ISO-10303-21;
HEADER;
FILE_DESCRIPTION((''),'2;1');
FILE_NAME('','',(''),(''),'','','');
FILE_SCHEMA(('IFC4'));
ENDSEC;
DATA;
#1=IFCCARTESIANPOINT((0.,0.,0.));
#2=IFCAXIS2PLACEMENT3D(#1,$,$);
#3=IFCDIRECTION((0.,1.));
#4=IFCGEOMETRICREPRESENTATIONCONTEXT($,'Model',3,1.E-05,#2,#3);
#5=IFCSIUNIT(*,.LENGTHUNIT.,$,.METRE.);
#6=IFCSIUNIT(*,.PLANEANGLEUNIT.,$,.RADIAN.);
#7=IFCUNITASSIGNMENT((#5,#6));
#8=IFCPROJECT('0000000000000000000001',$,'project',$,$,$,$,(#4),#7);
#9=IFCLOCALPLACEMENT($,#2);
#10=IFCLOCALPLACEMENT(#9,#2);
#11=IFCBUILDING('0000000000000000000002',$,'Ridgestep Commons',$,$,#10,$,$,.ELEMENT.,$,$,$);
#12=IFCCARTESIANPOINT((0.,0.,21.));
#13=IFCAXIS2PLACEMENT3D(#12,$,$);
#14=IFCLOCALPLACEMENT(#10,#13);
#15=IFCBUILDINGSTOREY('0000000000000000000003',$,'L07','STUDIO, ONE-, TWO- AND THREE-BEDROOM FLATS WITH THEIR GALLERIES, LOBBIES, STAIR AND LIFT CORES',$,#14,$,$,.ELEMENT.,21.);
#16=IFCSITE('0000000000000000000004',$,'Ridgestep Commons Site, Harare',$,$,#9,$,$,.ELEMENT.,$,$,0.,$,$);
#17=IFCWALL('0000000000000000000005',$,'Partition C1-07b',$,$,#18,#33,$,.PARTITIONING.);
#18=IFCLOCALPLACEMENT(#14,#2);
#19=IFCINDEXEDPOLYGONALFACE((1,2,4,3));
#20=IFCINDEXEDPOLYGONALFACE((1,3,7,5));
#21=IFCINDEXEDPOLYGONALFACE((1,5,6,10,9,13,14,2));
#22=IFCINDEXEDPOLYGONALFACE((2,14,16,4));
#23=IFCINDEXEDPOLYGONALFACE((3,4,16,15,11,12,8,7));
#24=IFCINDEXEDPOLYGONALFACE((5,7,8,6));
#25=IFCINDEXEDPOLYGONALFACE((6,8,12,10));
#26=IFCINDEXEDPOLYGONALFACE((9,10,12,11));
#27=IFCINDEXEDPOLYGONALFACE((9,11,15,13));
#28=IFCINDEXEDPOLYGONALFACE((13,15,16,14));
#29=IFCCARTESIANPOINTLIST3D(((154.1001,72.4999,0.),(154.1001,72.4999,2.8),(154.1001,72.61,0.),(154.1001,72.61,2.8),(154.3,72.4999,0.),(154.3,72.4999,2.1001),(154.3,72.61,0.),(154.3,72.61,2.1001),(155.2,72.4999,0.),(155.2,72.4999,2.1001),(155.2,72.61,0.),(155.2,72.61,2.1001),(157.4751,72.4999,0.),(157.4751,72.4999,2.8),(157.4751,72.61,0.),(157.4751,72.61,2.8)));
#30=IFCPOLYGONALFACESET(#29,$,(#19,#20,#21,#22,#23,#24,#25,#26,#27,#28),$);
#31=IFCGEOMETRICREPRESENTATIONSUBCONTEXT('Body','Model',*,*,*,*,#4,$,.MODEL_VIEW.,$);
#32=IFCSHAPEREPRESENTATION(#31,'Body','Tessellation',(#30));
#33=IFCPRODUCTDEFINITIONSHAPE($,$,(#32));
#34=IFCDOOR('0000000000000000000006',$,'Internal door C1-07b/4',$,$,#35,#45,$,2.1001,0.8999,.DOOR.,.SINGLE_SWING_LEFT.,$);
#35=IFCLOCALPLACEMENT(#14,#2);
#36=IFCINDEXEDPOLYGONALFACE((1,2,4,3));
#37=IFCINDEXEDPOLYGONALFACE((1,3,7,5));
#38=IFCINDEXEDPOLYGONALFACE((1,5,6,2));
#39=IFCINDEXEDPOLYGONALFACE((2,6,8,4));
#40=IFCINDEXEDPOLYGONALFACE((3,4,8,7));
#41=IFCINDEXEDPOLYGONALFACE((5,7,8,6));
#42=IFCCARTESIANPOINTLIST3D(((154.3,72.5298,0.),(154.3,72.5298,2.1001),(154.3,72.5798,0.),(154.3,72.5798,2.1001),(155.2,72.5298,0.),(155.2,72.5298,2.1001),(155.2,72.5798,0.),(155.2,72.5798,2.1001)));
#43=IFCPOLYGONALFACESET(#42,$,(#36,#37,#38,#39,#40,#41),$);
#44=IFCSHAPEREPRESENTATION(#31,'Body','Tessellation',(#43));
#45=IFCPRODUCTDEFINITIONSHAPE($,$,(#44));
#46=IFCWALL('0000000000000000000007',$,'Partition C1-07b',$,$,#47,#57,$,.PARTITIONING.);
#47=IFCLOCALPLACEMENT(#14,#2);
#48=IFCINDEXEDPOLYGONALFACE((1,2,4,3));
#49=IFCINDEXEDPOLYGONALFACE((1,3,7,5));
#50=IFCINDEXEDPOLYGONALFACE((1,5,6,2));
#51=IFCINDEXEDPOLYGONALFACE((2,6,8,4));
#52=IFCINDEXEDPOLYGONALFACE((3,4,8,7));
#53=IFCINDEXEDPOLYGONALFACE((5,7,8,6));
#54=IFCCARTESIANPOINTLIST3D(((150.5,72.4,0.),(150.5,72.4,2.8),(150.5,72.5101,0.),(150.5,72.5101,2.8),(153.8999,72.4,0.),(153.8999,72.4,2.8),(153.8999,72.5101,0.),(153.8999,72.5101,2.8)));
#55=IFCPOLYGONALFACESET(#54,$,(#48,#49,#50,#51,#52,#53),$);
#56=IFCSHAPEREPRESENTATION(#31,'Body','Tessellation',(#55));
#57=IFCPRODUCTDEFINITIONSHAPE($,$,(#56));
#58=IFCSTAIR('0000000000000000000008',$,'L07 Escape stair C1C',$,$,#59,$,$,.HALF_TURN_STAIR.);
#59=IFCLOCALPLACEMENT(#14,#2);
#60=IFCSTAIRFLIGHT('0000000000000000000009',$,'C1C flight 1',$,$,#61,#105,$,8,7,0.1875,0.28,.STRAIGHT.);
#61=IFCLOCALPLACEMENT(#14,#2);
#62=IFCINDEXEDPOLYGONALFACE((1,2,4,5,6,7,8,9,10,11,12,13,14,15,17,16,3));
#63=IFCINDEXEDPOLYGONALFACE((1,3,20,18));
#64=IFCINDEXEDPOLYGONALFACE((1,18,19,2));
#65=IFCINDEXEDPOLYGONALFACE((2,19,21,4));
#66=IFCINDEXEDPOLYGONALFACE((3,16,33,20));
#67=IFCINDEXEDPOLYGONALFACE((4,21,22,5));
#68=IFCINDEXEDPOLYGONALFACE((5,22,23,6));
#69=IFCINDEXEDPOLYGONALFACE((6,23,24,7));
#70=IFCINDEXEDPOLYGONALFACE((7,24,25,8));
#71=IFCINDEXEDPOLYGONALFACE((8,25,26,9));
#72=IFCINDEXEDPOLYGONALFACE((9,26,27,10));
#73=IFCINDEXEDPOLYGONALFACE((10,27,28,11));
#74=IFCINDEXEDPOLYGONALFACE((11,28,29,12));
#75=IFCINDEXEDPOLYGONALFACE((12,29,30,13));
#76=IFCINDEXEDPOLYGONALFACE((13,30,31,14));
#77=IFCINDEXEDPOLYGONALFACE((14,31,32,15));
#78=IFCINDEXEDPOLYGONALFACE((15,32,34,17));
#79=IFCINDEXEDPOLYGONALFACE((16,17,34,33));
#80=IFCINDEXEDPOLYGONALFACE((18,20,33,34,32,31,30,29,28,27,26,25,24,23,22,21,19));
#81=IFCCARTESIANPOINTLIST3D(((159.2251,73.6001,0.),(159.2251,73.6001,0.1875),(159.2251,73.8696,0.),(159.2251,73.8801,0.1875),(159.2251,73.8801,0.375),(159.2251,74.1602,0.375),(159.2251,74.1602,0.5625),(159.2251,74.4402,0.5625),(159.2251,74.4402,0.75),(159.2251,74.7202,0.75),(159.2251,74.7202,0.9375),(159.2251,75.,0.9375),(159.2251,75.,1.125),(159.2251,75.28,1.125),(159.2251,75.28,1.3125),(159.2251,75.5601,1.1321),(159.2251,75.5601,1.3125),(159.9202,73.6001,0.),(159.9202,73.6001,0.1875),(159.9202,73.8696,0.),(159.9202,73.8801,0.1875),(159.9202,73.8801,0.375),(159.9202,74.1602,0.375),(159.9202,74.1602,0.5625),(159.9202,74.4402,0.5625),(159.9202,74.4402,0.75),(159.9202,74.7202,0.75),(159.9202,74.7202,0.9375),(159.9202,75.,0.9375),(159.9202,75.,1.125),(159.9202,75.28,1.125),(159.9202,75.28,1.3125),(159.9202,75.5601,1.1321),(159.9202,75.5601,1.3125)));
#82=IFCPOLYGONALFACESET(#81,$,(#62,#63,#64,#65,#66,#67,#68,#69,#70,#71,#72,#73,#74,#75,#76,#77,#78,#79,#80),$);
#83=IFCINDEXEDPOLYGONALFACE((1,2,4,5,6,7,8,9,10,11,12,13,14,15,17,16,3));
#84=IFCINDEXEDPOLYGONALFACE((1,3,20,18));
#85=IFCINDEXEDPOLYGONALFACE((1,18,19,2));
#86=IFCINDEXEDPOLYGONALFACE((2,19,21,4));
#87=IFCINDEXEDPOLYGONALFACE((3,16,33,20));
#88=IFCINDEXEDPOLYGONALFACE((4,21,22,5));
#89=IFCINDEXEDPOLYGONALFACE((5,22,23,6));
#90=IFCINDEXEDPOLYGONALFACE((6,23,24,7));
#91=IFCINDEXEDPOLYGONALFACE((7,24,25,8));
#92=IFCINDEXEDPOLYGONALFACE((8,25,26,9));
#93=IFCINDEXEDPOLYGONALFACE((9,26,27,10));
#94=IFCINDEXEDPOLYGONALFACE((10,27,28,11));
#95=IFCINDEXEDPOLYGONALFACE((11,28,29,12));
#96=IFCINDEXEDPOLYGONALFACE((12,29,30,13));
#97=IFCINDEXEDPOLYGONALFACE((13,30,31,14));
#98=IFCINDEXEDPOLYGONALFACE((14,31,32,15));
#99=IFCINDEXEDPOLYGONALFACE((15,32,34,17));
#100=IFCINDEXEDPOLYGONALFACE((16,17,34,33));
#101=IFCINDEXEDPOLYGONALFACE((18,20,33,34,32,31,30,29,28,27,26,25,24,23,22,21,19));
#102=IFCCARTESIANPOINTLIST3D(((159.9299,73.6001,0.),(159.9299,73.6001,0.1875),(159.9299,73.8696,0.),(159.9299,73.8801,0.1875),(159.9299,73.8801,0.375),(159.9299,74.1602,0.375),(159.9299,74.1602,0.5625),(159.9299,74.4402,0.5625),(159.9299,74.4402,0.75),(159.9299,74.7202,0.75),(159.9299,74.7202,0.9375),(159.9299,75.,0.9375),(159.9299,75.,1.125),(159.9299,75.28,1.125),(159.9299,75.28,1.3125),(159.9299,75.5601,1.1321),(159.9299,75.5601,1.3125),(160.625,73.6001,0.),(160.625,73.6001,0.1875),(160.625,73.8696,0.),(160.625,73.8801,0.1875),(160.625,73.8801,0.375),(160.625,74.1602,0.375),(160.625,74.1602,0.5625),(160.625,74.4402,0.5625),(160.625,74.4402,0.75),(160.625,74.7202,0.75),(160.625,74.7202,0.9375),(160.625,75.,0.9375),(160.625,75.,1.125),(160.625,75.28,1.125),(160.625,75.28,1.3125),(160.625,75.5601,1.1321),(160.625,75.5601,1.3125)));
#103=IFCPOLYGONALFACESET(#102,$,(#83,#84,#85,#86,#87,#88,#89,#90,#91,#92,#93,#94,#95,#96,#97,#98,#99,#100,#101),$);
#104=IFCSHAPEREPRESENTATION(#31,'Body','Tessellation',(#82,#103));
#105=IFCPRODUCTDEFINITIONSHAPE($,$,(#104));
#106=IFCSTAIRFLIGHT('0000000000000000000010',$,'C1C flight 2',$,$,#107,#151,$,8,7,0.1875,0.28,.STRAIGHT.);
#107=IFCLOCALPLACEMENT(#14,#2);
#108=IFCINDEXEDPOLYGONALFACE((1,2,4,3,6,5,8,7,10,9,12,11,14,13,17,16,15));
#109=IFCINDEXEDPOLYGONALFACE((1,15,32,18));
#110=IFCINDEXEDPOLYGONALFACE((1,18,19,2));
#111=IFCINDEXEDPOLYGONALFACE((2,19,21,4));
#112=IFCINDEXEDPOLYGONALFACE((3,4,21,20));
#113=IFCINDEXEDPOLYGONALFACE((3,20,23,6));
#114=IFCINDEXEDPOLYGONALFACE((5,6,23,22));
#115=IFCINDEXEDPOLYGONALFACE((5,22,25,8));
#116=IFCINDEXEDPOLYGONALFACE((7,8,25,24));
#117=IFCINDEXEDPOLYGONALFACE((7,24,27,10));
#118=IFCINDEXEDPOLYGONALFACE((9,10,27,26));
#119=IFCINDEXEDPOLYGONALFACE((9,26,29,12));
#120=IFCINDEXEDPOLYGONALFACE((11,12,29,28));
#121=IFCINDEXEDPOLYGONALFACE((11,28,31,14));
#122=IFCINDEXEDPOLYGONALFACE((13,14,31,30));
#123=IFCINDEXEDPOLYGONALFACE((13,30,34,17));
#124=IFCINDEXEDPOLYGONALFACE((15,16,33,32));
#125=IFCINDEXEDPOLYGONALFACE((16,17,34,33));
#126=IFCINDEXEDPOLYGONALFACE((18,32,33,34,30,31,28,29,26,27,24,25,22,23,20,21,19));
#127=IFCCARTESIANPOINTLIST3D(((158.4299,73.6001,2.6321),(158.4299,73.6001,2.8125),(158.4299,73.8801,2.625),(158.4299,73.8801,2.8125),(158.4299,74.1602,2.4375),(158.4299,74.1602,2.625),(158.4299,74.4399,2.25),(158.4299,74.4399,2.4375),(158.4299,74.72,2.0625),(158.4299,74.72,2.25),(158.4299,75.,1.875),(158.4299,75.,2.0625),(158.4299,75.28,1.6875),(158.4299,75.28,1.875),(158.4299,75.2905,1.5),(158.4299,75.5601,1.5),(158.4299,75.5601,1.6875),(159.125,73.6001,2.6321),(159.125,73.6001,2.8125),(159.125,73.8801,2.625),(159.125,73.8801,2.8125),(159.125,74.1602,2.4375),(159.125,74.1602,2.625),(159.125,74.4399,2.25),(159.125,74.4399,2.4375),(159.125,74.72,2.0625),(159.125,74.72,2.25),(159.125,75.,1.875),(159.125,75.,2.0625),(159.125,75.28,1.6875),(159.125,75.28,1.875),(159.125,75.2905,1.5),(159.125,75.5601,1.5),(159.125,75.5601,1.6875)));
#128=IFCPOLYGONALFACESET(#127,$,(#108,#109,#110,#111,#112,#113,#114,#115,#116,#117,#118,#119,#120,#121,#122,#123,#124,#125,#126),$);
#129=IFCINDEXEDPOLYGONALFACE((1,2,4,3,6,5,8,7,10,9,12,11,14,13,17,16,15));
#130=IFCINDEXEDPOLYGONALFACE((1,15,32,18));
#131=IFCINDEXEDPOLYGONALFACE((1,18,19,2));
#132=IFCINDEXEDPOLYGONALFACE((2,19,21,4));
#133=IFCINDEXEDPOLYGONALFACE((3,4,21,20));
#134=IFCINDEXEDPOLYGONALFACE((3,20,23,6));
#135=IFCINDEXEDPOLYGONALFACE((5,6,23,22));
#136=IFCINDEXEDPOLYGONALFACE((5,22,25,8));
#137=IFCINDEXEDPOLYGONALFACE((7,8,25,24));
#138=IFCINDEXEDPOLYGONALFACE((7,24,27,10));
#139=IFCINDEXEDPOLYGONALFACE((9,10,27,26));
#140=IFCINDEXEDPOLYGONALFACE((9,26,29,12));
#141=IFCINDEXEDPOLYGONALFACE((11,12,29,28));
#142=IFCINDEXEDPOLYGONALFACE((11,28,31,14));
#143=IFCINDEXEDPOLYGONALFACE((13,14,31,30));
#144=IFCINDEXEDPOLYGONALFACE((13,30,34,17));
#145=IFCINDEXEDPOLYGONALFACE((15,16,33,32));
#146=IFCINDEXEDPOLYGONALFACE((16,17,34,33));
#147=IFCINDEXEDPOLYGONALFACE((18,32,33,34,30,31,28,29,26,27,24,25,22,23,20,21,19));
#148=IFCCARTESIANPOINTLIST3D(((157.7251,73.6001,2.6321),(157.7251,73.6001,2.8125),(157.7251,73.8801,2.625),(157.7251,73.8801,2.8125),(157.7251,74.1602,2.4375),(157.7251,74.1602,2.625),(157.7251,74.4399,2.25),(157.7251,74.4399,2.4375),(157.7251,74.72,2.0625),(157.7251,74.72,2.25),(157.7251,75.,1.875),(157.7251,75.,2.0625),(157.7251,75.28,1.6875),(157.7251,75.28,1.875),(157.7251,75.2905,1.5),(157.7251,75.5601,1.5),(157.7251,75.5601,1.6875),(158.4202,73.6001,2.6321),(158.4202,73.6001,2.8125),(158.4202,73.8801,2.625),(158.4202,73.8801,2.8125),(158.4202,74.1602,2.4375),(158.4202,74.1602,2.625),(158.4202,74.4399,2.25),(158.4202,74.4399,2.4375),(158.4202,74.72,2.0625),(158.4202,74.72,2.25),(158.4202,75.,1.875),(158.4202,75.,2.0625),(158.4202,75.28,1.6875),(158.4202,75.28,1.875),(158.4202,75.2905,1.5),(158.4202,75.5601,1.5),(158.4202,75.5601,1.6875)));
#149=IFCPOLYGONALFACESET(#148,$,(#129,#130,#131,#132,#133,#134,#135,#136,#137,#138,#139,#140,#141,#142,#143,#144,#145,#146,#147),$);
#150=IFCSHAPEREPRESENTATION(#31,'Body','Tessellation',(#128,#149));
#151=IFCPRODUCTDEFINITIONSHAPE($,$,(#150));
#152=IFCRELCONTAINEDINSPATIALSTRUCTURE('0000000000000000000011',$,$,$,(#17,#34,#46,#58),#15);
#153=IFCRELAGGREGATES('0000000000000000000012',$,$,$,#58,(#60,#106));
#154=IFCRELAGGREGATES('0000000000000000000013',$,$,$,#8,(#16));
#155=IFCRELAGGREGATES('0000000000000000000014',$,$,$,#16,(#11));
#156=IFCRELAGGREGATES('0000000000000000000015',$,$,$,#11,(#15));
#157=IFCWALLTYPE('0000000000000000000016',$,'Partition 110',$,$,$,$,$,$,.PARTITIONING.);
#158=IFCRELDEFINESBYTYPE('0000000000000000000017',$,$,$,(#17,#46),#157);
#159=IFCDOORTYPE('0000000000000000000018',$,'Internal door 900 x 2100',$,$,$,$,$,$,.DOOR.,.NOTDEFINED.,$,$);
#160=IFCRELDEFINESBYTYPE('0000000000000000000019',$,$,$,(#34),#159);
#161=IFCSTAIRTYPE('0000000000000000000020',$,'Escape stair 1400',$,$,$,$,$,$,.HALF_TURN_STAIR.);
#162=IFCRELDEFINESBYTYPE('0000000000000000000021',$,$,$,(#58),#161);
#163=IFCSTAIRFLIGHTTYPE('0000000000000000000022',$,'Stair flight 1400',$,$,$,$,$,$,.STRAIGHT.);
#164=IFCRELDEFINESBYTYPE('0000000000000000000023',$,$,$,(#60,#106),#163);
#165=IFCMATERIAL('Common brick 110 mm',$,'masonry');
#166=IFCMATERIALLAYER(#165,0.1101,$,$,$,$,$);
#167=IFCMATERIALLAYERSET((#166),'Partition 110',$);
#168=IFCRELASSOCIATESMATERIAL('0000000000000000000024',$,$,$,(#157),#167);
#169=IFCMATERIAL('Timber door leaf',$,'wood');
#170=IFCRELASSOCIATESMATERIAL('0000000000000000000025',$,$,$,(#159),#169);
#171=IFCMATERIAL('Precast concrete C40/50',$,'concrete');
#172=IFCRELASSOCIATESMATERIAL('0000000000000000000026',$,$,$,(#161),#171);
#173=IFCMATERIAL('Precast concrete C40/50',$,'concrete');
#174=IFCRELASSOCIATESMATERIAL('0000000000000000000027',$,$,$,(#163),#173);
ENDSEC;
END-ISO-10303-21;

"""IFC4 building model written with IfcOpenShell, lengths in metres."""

from ifc_helpers import new_model, si_unit, direction, frame, frame_2d, origin, place, context, subcontext, project, spatial, polyline, rectangle, outline, extrude, material, layer, layer_set, type_object, element, fill, aggregate, save


model = new_model("IFC4")

# Units and contexts
model_context = context("Model", 3, precision=1e-05, world=origin(), true_north=direction((0.0, 1.0)))
body_context = subcontext(model_context, "Body", "Model", "MODEL_VIEW")
ifc_project = project(units=[si_unit("LENGTHUNIT", "METRE"), si_unit("PLANEANGLEUNIT", "RADIAN")], contexts=[model_context])

# Site, building, storey
site_placement = place(None, origin())
site = spatial("IfcSite", under=ifc_project, at=site_placement, Name="Ridgestep Commons Site, Harare", CompositionType="ELEMENT", RefElevation=0.0)
building_placement = place(site_placement, origin())
building = spatial("IfcBuilding", under=site, at=building_placement, Name="Ridgestep Commons", CompositionType="ELEMENT")
storey_placement = place(building_placement, frame((0.0, 0.0, 21.0)))
storey = spatial("IfcBuildingStorey", under=building, at=storey_placement, Name="L07", Description="STUDIO, ONE-, TWO- AND THREE-BEDROOM FLATS WITH THEIR GALLERIES, LOBBIES, STAIR AND LIFT CORES", CompositionType="ELEMENT", Elevation=21.0)

# Wall, opening, door
ifc_material_1 = material(Name="Common brick 110 mm", Category="masonry")
ifc_layer_1 = layer(ifc_material_1, 0.1101)
ifc_layer_set_1 = layer_set([ifc_layer_1], Name="Partition 110")
wall_type_1 = type_object("IfcWallType", Name="Partition 110", PredefinedType="PARTITIONING", material=ifc_layer_set_1)
wall_1_placement = place(storey_placement, frame((154.1001, 72.5549, 0.0), z_axis=(0.0, 0.0, 1.0), x_axis=(1.0, 0.0, 0.0)))
wall_1 = element("IfcWall", 1, at=wall_1_placement, inside=storey, type_object=wall_type_1, Name="Partition C1-07b", PredefinedType="PARTITIONING", context=body_context, shape_type="SweptSolid", body=[
    extrude(rectangle(XDim=3.375, YDim=0.1101, at=frame_2d((1.6875, 0.0))), origin(), (0.0, 0.0, 1.0), 2.8),
])
opening_1_placement = place(wall_1_placement, frame((0.2, 0.0, 0.0)))
opening_1 = element("IfcOpeningElement", 2, at=opening_1_placement, cuts=wall_1, PredefinedType="OPENING", context=body_context, shape_type="SweptSolid", body=[
    extrude(rectangle(XDim=0.8999, YDim=2.1001, at=frame_2d((0.45, 1.05))), frame((0.0, 0.0649, 0.0), z_axis=(0.0, -1.0, 0.0), x_axis=(1.0, 0.0, 0.0)), (0.0, 0.0, 1.0), 0.1301),
])
ifc_material_2 = material(Name="Timber door leaf", Category="wood")
door_type_1 = type_object("IfcDoorType", Name="Internal door 900 x 2100", OperationType="NOTDEFINED", PredefinedType="DOOR", material=ifc_material_2)
door_1_placement = place(opening_1_placement, origin())
door_1 = element("IfcDoor", 3, at=door_1_placement, inside=storey, type_object=door_type_1, Name="Internal door C1-07b/4", OperationType="SINGLE_SWING_LEFT", OverallHeight=2.1001, OverallWidth=0.8999, PredefinedType="DOOR", context=body_context, shape_type="SweptSolid", body=[
    extrude(rectangle(XDim=0.8999, YDim=2.1001, at=frame_2d((0.45, 1.05))), frame((0.0, 0.0249, 0.0), z_axis=(0.0, -1.0, 0.0), x_axis=(1.0, 0.0, 0.0)), (0.0, 0.0, 1.0), 0.05),
])
fill(opening_1, door_1)

# Wall
wall_2_placement = place(storey_placement, frame((150.5, 72.4551, 0.0), z_axis=(0.0, 0.0, 1.0), x_axis=(1.0, 0.0, 0.0)))
element("IfcWall", 4, at=wall_2_placement, inside=storey, type_object=wall_type_1, Name="Partition C1-07b", PredefinedType="PARTITIONING", context=body_context, shape_type="SweptSolid", body=[
    extrude(rectangle(XDim=3.3999, YDim=0.1101, at=frame_2d((1.7, 0.0))), origin(), (0.0, 0.0, 1.0), 2.8),
])

# Stair, stair flights
ifc_material_3 = material(Name="Precast concrete C40/50", Category="concrete")
stair_type = type_object("IfcStairType", Name="Escape stair 1400", PredefinedType="HALF_TURN_STAIR", material=ifc_material_3)
stair_placement = place(storey_placement, origin())
stair = element("IfcStair", 5, at=stair_placement, inside=storey, type_object=stair_type, Name="L07 Escape stair C1C", PredefinedType="HALF_TURN_STAIR")
ifc_material_4 = material(Name="Precast concrete C40/50", Category="concrete")
stair_flight_type = type_object("IfcStairFlightType", Name="Stair flight 1400", PredefinedType="STRAIGHT", material=ifc_material_4)
stair_flight_1_placement = place(storey_placement, frame((159.925, 73.6001, 0.0), z_axis=(0.0, 0.0, 1.0), x_axis=(0.0, 1.0, 0.0)))
stair_flight_1 = element("IfcStairFlight", 6, at=stair_flight_1_placement, type_object=stair_flight_type, Name="C1C flight 1", NumberOfRisers=8, NumberOfTreads=7, PredefinedType="STRAIGHT", RiserHeight=0.1875, TreadLength=0.28, context=body_context, shape_type="SweptSolid", body=[
    extrude(outline(polyline([(0.0, 0.0), (0.0, 0.1875), (0.28, 0.1875), (0.28, 0.375), (0.5601, 0.375), (0.5601, 0.5625), (0.8401, 0.5625), (0.8401, 0.75), (1.1201, 0.75), (1.1201, 0.9375), (1.3999, 0.9375), (1.3999, 1.125), (1.6799, 1.125), (1.6799, 1.3125), (1.96, 1.3125), (1.96, 1.5), (1.96, 1.1321), (0.2695, 0.0), (0.0, 0.0)])), frame((0.0, 0.7, 0.0), z_axis=(0.0, -1.0, 0.0), x_axis=(1.0, 0.0, 0.0)), (0.0, 0.0, 1.0), 0.6951),
    extrude(outline(polyline([(0.0, 0.0), (0.0, 0.1875), (0.28, 0.1875), (0.28, 0.375), (0.5601, 0.375), (0.5601, 0.5625), (0.8401, 0.5625), (0.8401, 0.75), (1.1201, 0.75), (1.1201, 0.9375), (1.3999, 0.9375), (1.3999, 1.125), (1.6799, 1.125), (1.6799, 1.3125), (1.96, 1.3125), (1.96, 1.5), (1.96, 1.1321), (0.2695, 0.0), (0.0, 0.0)])), frame((0.0, -0.0049, 0.0), z_axis=(0.0, -1.0, 0.0), x_axis=(1.0, 0.0, 0.0)), (0.0, 0.0, 1.0), 0.6951),
])
stair_flight_2_placement = place(storey_placement, frame((158.425, 75.5601, 1.5), z_axis=(0.0, 0.0, 1.0), x_axis=(0.0, -1.0, 0.0)))
stair_flight_2 = element("IfcStairFlight", 7, at=stair_flight_2_placement, type_object=stair_flight_type, Name="C1C flight 2", NumberOfRisers=8, NumberOfTreads=7, PredefinedType="STRAIGHT", RiserHeight=0.1875, TreadLength=0.28, context=body_context, shape_type="SweptSolid", body=[
    extrude(outline(polyline([(0.0, 0.0), (0.0, 0.1875), (0.28, 0.1875), (0.28, 0.375), (0.5601, 0.375), (0.5601, 0.5625), (0.8401, 0.5625), (0.8401, 0.75), (1.1201, 0.75), (1.1201, 0.9375), (1.3999, 0.9375), (1.3999, 1.125), (1.6799, 1.125), (1.6799, 1.3125), (1.96, 1.3125), (1.96, 1.5), (1.96, 1.1321), (0.2695, 0.0), (0.0, 0.0)])), frame((0.0, 0.7, 0.0), z_axis=(0.0, -1.0, 0.0), x_axis=(1.0, 0.0, 0.0)), (0.0, 0.0, 1.0), 0.6951),
    extrude(outline(polyline([(0.0, 0.0), (0.0, 0.1875), (0.28, 0.1875), (0.28, 0.375), (0.5601, 0.375), (0.5601, 0.5625), (0.8401, 0.5625), (0.8401, 0.75), (1.1201, 0.75), (1.1201, 0.9375), (1.3999, 0.9375), (1.3999, 1.125), (1.6799, 1.125), (1.6799, 1.3125), (1.96, 1.3125), (1.96, 1.5), (1.96, 1.1321), (0.2695, 0.0), (0.0, 0.0)])), frame((0.0, -0.0049, 0.0), z_axis=(0.0, -1.0, 0.0), x_axis=(1.0, 0.0, 0.0)), (0.0, 0.0, 1.0), 0.6951),
])
aggregate(stair, [stair_flight_1, stair_flight_2])

save(model, "model.ifc")
